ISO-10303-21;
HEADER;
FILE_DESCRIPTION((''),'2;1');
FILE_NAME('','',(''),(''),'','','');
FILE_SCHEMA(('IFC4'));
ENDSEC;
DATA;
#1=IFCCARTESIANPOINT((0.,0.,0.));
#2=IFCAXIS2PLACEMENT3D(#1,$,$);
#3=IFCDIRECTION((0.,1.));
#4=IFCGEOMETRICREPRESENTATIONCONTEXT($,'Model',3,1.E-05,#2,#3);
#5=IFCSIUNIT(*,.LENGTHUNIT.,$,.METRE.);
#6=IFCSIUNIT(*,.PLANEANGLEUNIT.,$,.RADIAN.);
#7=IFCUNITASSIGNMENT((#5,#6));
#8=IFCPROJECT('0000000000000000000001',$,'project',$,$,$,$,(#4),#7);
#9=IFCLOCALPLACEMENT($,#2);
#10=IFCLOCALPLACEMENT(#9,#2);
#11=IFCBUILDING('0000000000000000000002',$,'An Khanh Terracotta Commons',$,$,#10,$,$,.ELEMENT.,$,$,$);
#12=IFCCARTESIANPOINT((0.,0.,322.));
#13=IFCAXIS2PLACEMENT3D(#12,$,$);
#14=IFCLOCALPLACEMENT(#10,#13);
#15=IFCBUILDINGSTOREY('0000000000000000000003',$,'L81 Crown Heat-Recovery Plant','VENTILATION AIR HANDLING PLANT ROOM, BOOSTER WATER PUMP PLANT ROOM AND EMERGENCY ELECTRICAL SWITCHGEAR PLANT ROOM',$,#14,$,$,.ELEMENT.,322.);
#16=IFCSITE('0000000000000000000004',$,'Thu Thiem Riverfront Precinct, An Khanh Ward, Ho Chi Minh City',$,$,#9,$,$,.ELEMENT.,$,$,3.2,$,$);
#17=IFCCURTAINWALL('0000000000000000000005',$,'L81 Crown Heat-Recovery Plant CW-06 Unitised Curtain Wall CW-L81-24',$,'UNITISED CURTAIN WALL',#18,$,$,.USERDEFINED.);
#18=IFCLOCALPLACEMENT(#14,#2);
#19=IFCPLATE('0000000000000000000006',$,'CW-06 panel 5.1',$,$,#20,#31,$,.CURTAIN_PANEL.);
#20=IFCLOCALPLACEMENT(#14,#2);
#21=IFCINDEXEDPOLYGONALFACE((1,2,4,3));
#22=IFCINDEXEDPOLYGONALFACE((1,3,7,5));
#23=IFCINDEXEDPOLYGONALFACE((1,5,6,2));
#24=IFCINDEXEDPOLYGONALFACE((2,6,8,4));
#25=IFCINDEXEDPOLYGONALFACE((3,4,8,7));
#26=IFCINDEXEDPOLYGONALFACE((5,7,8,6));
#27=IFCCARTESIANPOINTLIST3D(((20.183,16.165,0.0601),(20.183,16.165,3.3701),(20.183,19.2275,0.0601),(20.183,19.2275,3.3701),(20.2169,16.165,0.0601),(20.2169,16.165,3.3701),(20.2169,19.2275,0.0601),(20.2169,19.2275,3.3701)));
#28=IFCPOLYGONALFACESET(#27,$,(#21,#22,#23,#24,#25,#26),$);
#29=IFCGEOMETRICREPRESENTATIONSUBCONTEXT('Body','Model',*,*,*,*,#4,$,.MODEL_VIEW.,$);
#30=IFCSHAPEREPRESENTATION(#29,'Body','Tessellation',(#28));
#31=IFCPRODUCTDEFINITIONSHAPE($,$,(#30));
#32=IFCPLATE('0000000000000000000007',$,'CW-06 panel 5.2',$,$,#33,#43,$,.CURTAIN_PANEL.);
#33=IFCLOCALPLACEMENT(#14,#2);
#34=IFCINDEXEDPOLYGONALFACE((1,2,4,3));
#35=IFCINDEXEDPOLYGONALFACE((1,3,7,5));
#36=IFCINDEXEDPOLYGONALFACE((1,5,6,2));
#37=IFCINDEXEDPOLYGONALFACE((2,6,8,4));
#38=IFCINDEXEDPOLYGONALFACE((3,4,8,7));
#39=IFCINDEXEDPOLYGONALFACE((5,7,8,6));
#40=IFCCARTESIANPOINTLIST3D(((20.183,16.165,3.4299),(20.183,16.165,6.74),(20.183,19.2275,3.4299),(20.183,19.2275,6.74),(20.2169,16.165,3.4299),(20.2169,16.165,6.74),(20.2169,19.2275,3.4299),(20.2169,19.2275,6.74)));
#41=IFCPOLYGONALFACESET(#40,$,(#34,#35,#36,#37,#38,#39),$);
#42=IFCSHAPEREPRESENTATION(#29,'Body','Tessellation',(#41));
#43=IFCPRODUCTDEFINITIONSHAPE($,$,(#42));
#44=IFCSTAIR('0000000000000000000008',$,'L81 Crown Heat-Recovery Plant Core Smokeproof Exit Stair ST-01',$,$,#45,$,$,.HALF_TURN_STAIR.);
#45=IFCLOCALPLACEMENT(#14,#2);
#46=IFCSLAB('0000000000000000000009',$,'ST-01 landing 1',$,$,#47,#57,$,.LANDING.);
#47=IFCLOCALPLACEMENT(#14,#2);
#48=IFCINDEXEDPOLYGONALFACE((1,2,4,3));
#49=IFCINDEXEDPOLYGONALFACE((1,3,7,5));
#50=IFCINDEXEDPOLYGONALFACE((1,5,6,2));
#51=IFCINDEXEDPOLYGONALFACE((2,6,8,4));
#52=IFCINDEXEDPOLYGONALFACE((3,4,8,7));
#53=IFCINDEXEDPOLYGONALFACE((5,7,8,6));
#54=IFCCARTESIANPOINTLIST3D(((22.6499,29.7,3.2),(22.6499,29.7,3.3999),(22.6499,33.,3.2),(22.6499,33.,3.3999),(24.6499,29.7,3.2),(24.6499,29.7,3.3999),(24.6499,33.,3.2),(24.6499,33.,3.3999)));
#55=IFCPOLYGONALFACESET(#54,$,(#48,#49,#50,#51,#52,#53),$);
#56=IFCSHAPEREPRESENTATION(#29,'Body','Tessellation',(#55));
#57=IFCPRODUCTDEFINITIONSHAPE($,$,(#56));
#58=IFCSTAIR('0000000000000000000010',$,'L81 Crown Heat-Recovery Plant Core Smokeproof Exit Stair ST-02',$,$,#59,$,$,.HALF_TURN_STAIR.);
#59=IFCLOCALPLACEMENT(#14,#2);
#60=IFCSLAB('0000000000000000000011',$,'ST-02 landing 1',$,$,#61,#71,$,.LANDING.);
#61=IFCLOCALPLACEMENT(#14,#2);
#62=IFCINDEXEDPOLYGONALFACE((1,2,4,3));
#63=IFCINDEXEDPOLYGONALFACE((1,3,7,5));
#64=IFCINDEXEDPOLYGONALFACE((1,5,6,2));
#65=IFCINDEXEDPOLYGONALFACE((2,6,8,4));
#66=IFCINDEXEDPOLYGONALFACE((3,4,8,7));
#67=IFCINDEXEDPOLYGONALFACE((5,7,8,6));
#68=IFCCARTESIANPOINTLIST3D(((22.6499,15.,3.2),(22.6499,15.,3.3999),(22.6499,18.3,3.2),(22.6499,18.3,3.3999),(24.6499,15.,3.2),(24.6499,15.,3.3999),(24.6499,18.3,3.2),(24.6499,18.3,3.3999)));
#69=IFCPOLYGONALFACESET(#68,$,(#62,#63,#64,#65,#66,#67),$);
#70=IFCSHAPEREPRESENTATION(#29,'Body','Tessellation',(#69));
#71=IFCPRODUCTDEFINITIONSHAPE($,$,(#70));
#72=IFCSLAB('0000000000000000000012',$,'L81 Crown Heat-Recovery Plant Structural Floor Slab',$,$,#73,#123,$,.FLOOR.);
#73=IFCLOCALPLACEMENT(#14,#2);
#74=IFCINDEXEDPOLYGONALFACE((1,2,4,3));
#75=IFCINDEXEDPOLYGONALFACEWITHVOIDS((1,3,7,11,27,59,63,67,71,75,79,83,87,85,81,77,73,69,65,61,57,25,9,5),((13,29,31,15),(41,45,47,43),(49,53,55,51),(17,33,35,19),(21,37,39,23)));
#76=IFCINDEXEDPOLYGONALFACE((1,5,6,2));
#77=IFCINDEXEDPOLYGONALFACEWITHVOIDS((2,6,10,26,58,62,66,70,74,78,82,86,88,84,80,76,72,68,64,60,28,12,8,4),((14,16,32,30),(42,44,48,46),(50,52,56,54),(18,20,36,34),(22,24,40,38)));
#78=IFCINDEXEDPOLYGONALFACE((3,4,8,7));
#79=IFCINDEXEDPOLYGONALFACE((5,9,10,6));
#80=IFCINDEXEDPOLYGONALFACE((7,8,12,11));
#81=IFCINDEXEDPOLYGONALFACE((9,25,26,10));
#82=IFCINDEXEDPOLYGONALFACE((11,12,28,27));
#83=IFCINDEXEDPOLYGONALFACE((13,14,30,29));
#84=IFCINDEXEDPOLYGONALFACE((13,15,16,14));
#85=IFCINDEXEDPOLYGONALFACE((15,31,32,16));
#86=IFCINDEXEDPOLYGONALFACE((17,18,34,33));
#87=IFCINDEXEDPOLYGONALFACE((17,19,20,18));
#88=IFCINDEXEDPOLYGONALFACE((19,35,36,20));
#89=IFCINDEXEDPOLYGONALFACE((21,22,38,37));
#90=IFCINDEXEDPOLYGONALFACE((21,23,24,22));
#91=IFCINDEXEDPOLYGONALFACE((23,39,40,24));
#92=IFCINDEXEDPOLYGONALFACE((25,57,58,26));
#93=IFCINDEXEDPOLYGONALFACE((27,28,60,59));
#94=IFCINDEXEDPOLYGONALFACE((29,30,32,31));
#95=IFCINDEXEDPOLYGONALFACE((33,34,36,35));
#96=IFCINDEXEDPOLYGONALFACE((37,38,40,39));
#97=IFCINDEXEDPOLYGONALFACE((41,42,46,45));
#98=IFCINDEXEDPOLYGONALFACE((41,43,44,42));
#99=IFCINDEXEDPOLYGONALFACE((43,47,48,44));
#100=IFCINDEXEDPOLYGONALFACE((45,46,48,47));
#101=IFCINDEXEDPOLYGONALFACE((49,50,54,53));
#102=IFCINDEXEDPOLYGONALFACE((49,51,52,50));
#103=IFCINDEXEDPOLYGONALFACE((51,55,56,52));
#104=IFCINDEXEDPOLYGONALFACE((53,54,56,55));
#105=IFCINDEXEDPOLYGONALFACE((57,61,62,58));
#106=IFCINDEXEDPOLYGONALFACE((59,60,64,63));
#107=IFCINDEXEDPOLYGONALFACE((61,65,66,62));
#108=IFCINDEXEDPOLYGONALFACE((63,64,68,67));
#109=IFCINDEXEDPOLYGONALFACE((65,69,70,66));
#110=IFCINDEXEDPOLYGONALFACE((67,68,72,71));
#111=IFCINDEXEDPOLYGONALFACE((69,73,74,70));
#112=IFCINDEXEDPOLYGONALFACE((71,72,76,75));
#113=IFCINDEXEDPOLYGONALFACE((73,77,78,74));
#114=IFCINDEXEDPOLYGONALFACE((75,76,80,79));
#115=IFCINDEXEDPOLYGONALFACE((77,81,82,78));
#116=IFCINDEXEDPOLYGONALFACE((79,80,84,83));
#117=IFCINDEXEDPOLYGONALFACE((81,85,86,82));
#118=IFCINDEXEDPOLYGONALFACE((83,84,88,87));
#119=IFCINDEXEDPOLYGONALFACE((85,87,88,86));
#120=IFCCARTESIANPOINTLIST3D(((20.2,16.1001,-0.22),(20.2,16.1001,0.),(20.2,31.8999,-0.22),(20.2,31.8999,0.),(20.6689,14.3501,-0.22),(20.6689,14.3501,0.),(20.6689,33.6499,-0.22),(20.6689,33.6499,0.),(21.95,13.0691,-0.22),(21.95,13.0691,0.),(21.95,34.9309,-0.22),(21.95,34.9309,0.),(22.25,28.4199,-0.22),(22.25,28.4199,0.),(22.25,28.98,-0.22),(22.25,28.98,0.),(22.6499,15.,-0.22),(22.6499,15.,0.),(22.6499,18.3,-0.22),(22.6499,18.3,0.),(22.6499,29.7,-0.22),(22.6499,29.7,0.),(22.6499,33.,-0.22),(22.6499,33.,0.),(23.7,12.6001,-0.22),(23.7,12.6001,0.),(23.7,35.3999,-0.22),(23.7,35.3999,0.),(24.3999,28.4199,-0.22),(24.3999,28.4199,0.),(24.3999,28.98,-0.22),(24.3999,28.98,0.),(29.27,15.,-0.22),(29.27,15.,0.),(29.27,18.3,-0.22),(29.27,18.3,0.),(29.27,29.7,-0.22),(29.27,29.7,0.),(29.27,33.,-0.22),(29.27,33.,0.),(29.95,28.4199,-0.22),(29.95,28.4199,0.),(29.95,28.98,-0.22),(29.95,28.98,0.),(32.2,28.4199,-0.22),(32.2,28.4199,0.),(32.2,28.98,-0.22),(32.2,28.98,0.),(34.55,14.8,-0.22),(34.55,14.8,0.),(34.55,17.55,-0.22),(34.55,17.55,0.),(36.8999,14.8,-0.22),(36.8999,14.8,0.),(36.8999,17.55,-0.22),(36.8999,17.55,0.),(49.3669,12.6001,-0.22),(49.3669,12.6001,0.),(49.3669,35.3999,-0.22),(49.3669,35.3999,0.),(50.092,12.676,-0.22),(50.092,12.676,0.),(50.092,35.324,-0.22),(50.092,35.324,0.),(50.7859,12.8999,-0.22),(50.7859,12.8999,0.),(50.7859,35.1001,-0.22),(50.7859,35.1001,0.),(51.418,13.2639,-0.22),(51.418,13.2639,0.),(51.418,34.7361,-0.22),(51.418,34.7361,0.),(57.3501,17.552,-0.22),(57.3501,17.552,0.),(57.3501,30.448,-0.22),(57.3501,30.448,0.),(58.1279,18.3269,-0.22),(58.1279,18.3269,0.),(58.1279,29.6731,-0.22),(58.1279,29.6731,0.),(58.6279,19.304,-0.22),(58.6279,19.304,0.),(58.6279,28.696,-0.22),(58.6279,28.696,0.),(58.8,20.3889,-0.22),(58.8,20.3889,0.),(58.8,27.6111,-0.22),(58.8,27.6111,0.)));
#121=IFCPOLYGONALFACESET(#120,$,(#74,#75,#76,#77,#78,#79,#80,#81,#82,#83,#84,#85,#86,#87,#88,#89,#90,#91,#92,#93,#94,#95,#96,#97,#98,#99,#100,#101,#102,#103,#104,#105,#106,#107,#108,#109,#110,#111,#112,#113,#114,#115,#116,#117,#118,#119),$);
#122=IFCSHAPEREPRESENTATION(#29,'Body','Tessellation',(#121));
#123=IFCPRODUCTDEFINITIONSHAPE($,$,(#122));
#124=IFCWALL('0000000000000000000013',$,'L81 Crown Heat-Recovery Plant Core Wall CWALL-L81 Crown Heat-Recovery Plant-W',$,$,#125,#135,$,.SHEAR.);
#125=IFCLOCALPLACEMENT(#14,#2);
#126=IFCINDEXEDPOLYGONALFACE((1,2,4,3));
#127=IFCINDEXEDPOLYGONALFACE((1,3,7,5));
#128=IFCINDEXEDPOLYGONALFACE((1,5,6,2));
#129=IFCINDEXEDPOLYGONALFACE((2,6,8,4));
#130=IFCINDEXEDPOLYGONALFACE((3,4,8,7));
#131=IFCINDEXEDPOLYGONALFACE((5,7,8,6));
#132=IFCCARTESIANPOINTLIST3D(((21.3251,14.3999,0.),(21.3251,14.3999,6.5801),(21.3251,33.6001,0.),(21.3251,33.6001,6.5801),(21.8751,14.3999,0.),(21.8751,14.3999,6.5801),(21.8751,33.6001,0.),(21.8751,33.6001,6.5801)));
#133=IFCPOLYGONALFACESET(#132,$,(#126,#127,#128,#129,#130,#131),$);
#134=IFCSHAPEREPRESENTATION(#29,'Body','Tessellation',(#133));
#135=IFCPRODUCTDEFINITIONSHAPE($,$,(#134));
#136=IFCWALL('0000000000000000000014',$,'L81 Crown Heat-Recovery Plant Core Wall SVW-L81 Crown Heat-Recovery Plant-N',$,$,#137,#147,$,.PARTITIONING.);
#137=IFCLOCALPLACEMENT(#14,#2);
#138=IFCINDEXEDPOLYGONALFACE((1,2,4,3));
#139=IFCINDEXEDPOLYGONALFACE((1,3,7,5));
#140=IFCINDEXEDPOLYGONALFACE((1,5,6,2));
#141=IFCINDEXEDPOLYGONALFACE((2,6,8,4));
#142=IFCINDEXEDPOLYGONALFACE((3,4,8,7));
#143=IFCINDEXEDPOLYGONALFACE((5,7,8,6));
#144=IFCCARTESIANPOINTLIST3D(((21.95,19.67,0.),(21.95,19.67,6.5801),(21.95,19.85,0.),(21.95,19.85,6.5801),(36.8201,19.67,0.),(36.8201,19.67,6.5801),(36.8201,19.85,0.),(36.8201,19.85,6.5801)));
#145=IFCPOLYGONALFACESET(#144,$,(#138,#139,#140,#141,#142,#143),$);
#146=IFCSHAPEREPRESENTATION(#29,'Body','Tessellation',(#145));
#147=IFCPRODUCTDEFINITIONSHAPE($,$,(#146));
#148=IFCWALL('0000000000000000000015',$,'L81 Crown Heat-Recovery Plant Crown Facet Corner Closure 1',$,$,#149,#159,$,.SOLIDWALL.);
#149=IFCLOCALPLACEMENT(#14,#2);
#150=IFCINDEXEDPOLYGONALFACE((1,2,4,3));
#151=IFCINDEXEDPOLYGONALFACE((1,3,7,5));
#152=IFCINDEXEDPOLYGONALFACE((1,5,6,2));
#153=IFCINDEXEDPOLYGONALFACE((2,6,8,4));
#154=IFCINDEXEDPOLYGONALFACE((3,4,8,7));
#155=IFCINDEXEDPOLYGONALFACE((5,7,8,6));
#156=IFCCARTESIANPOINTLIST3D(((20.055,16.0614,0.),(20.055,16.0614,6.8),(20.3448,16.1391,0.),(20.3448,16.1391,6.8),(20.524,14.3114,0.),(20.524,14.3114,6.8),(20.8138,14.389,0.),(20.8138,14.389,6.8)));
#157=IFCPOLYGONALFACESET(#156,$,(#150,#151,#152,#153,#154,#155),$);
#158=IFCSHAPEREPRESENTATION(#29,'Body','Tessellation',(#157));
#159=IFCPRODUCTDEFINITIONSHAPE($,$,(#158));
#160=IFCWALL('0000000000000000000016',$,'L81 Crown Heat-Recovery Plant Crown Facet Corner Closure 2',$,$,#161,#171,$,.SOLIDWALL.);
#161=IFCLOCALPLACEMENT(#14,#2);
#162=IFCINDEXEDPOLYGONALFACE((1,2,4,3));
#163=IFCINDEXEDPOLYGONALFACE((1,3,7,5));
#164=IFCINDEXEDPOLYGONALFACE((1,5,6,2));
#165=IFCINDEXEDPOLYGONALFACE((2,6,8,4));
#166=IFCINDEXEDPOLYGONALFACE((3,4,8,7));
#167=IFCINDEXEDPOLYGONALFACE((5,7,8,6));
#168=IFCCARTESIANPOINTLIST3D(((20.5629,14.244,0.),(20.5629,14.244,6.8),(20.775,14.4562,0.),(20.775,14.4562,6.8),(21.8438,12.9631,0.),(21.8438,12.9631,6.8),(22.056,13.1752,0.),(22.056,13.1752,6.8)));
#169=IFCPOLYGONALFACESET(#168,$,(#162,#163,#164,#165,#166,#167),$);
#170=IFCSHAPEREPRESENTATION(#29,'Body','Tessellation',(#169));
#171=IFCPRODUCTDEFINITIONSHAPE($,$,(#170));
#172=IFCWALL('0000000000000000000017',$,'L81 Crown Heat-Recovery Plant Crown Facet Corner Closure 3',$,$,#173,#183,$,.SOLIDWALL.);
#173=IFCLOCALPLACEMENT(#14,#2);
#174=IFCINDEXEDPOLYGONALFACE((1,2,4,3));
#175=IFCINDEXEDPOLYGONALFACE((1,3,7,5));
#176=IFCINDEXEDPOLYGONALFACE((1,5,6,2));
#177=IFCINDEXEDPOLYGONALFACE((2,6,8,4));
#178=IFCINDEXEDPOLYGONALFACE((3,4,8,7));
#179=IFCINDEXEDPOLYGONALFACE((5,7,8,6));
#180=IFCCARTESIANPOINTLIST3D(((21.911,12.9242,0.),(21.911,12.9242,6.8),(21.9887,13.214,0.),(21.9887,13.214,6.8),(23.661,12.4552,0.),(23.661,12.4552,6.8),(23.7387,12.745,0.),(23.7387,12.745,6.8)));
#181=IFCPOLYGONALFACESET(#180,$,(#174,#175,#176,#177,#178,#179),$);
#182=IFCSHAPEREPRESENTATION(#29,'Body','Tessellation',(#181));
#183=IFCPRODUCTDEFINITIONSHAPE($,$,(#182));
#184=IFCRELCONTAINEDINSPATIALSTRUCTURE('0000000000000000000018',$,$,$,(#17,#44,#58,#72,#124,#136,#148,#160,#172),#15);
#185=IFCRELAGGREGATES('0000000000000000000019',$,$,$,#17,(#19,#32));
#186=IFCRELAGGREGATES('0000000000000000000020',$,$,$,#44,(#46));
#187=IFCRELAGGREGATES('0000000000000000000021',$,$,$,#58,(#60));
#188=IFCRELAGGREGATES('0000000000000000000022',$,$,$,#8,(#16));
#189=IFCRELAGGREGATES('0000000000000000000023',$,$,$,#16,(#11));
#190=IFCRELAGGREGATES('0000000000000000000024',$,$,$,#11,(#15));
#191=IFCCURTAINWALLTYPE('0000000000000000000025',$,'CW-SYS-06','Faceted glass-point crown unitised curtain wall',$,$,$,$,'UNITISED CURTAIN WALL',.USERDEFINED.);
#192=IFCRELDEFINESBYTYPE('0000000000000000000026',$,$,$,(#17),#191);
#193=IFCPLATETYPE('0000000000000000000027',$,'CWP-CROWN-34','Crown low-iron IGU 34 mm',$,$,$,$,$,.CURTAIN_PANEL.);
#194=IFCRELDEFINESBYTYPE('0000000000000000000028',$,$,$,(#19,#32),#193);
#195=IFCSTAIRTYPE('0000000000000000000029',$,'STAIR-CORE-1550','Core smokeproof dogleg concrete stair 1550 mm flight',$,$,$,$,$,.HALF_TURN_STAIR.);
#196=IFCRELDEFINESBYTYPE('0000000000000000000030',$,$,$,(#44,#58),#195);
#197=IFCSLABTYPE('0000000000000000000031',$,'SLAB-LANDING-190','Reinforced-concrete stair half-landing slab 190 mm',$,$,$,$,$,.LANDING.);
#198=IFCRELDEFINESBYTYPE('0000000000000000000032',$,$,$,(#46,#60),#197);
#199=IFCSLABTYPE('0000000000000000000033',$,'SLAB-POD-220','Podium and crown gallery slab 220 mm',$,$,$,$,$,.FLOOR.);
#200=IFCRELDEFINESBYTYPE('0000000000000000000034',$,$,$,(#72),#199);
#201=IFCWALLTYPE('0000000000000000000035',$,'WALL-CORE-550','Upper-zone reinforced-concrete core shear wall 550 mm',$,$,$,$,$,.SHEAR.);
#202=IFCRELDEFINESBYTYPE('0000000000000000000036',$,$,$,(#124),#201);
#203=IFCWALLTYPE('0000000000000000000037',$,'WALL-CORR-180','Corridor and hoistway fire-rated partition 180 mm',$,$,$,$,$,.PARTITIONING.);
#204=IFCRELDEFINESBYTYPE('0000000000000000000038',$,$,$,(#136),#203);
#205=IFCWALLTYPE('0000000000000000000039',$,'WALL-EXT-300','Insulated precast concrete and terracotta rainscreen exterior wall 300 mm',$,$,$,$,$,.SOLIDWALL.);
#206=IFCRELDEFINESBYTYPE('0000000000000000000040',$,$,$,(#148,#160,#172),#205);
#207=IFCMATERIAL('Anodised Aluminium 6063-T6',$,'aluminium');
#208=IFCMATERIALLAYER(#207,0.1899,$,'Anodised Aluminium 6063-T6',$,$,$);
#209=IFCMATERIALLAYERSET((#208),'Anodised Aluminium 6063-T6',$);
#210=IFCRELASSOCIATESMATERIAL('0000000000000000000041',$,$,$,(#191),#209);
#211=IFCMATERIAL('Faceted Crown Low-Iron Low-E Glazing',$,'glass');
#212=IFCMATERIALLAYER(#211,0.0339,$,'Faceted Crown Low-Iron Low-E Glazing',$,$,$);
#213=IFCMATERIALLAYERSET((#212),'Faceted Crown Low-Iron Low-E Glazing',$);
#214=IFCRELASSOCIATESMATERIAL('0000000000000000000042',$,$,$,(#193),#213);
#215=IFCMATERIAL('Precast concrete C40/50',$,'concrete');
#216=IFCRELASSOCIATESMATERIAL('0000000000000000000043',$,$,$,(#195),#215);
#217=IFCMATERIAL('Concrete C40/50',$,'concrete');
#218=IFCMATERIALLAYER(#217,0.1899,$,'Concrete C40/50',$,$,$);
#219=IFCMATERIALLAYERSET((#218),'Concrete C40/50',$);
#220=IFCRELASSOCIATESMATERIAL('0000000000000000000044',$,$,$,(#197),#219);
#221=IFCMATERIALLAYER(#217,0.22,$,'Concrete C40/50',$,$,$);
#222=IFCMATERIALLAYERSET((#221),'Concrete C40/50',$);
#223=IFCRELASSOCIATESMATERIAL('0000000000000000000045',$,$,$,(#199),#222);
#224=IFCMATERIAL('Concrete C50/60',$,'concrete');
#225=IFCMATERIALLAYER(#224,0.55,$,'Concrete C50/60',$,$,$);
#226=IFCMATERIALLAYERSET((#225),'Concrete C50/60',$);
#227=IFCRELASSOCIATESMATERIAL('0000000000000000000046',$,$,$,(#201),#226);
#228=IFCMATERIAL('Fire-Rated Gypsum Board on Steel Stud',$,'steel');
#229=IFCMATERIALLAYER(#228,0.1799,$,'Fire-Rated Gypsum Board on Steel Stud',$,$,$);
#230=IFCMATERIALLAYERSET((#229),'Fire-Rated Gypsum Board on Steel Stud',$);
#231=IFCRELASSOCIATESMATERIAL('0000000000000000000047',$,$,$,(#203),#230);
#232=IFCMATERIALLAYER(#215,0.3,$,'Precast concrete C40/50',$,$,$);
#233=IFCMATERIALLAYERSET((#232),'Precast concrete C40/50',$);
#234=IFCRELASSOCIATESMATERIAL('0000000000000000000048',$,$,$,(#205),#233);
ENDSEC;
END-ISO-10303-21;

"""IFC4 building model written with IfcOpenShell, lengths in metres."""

from ifc_helpers import new_model, si_unit, direction, frame, frame_2d, origin, origin_2d, place, context, subcontext, project, spatial, polyline, rectangle, outline, extrude, material, layer, layer_set, type_object, element, aggregate, save


model = new_model("IFC4")

# Units and contexts
model_context = context("Model", 3, precision=1e-05, world=origin(), true_north=direction((0.0, 1.0)))
body_context = subcontext(model_context, "Body", "Model", "MODEL_VIEW")
ifc_project = project(units=[si_unit("LENGTHUNIT", "METRE"), si_unit("PLANEANGLEUNIT", "RADIAN")], contexts=[model_context])

# Site, building, storey
site_placement = place(None, origin())
site = spatial("IfcSite", under=ifc_project, at=site_placement, Name="Thu Thiem Riverfront Precinct, An Khanh Ward, Ho Chi Minh City", CompositionType="ELEMENT", RefElevation=3.2)
building_placement = place(site_placement, origin())
building = spatial("IfcBuilding", under=site, at=building_placement, Name="An Khanh Terracotta Commons", CompositionType="ELEMENT")
storey_placement = place(building_placement, frame((0.0, 0.0, 322.0)))
storey = spatial("IfcBuildingStorey", under=building, at=storey_placement, Name="L81 Crown Heat-Recovery Plant", Description="VENTILATION AIR HANDLING PLANT ROOM, BOOSTER WATER PUMP PLANT ROOM AND EMERGENCY ELECTRICAL SWITCHGEAR PLANT ROOM", CompositionType="ELEMENT", Elevation=322.0)

# Shared definitions
ifc_material_1 = material(Name="Concrete C50/60", Category="concrete")

# Shared definitions
ifc_material_2 = material(Name="Anodised Aluminium 6063-T6", Category="aluminium")
ifc_layer_1 = layer(ifc_material_2, 0.1899, Name="Anodised Aluminium 6063-T6")
ifc_layer_set_1 = layer_set([ifc_layer_1], Name="Anodised Aluminium 6063-T6")
curtain_wall_type = type_object("IfcCurtainWallType", Name="CW-SYS-06", Description="Faceted glass-point crown unitised curtain wall", ElementType="UNITISED CURTAIN WALL", PredefinedType="USERDEFINED", material=ifc_layer_set_1)

# Curtain wall
curtain_wall_1_placement = place(storey_placement, origin())
curtain_wall_1 = element("IfcCurtainWall", 1, at=curtain_wall_1_placement, inside=storey, type_object=curtain_wall_type, Name="L81 Crown Heat-Recovery Plant CW-06 Unitised Curtain Wall CW-L81-24", ObjectType="UNITISED CURTAIN WALL", PredefinedType="USERDEFINED")

# Plates
ifc_material_3 = material(Name="Faceted Crown Low-Iron Low-E Glazing", Category="glass")
ifc_layer_2 = layer(ifc_material_3, 0.0339, Name="Faceted Crown Low-Iron Low-E Glazing")
ifc_layer_set_2 = layer_set([ifc_layer_2], Name="Faceted Crown Low-Iron Low-E Glazing")
plate_type = type_object("IfcPlateType", Name="CWP-CROWN-34", Description="Crown low-iron IGU 34 mm", PredefinedType="CURTAIN_PANEL", material=ifc_layer_set_2)
plate_1_placement = place(storey_placement, frame((20.2, 17.6963, 0.0601), z_axis=(0.0, 0.0, 1.0), x_axis=(0.0, -1.0, 0.0)))
plate_1 = element("IfcPlate", 2, at=plate_1_placement, type_object=plate_type, Name="CW-06 panel 5.1", PredefinedType="CURTAIN_PANEL", context=body_context, shape_type="SweptSolid", body=[
    extrude(rectangle(XDim=3.0625, YDim=0.0339, at=origin_2d()), origin(), (0.0, 0.0, 1.0), 3.3101),
])
plate_2_placement = place(storey_placement, frame((20.2, 17.6963, 3.4299), z_axis=(0.0, 0.0, 1.0), x_axis=(0.0, -1.0, 0.0)))
plate_2 = element("IfcPlate", 3, at=plate_2_placement, type_object=plate_type, Name="CW-06 panel 5.2", PredefinedType="CURTAIN_PANEL", context=body_context, shape_type="SweptSolid", body=[
    extrude(rectangle(XDim=3.0625, YDim=0.0339, at=origin_2d()), origin(), (0.0, 0.0, 1.0), 3.3101),
])
aggregate(curtain_wall_1, [plate_1, plate_2])

# Stairs, slabs
ifc_material_4 = material(Name="Precast concrete C40/50", Category="concrete")
stair_type = type_object("IfcStairType", Name="STAIR-CORE-1550", Description="Core smokeproof dogleg concrete stair 1550 mm flight", PredefinedType="HALF_TURN_STAIR", material=ifc_material_4)
stair_1_placement = place(storey_placement, origin())
stair_1 = element("IfcStair", 4, at=stair_1_placement, inside=storey, type_object=stair_type, Name="L81 Crown Heat-Recovery Plant Core Smokeproof Exit Stair ST-01", PredefinedType="HALF_TURN_STAIR")
ifc_material_5 = material(Name="Concrete C40/50", Category="concrete")
ifc_layer_3 = layer(ifc_material_5, 0.1899, Name="Concrete C40/50")
ifc_layer_set_3 = layer_set([ifc_layer_3], Name="Concrete C40/50")
slab_type_1 = type_object("IfcSlabType", Name="SLAB-LANDING-190", Description="Reinforced-concrete stair half-landing slab 190 mm", PredefinedType="LANDING", material=ifc_layer_set_3)
slab_1_placement = place(storey_placement, frame((0.0, 0.0, 3.2)))
slab_1 = element("IfcSlab", 5, at=slab_1_placement, type_object=slab_type_1, Name="ST-01 landing 1", PredefinedType="LANDING", context=body_context, shape_type="SweptSolid", body=[
    extrude(outline(polyline([(24.6499, 33.0), (22.6499, 33.0), (22.6499, 29.7), (24.6499, 29.7), (24.6499, 33.0)])), origin(), (0.0, 0.0, 1.0), 0.2),
])
aggregate(stair_1, [slab_1])
stair_2_placement = place(storey_placement, origin())
stair_2 = element("IfcStair", 6, at=stair_2_placement, inside=storey, type_object=stair_type, Name="L81 Crown Heat-Recovery Plant Core Smokeproof Exit Stair ST-02", PredefinedType="HALF_TURN_STAIR")
slab_2_placement = place(storey_placement, frame((0.0, 0.0, 3.2)))
slab_2 = element("IfcSlab", 7, at=slab_2_placement, type_object=slab_type_1, Name="ST-02 landing 1", PredefinedType="LANDING", context=body_context, shape_type="SweptSolid", body=[
    extrude(outline(polyline([(24.6499, 18.3), (22.6499, 18.3), (22.6499, 15.0), (24.6499, 15.0), (24.6499, 18.3)])), origin(), (0.0, 0.0, 1.0), 0.2),
])

# Slab
ifc_layer_4 = layer(ifc_material_5, 0.22, Name="Concrete C40/50")
ifc_layer_set_4 = layer_set([ifc_layer_4], Name="Concrete C40/50")
slab_type_2 = type_object("IfcSlabType", Name="SLAB-POD-220", Description="Podium and crown gallery slab 220 mm", PredefinedType="FLOOR", material=ifc_layer_set_4)
slab_3_placement = place(storey_placement, frame((0.0, 0.0, -0.22)))
element("IfcSlab", 8, at=slab_3_placement, inside=storey, type_object=slab_type_2, Name="L81 Crown Heat-Recovery Plant Structural Floor Slab", PredefinedType="FLOOR", context=body_context, shape_type="SweptSolid", body=[
    extrude(outline(polyline([(20.2, 16.1001), (20.6689, 14.3501), (21.95, 13.0691), (23.7, 12.6001), (49.3669, 12.6001), (50.092, 12.676), (50.7859, 12.8999), (51.418, 13.2639), (57.3501, 17.552), (58.1279, 18.3269), (58.6279, 19.304), (58.8, 20.3889), (58.8, 27.6111), (58.6279, 28.696), (58.1279, 29.6731), (57.3501, 30.448), (51.418, 34.7361), (50.7859, 35.1001), (50.092, 35.324), (49.3669, 35.3999), (23.7, 35.3999), (21.95, 34.9309), (20.6689, 33.6499), (20.2, 31.8999), (20.2, 16.1001)]), holes=[polyline([(22.6499, 29.7), (29.27, 29.7), (29.27, 33.0), (22.6499, 33.0), (22.6499, 29.7)]), polyline([(22.6499, 15.0), (29.27, 15.0), (29.27, 18.3), (22.6499, 18.3), (22.6499, 15.0)]), polyline([(34.55, 14.8), (36.8999, 14.8), (36.8999, 17.55), (34.55, 17.55), (34.55, 14.8)]), polyline([(22.25, 28.4199), (24.3999, 28.4199), (24.3999, 28.98), (22.25, 28.98), (22.25, 28.4199)]), polyline([(29.95, 28.4199), (32.2, 28.4199), (32.2, 28.98), (29.95, 28.98), (29.95, 28.4199)])]), origin(), (0.0, 0.0, 1.0), 0.22),
])

# Walls
ifc_layer_5 = layer(ifc_material_1, 0.55, Name="Concrete C50/60")
ifc_layer_set_5 = layer_set([ifc_layer_5], Name="Concrete C50/60")
wall_type_1 = type_object("IfcWallType", Name="WALL-CORE-550", Description="Upper-zone reinforced-concrete core shear wall 550 mm", PredefinedType="SHEAR", material=ifc_layer_set_5)
wall_1_placement = place(storey_placement, frame((21.6001, 14.3999, 0.0), z_axis=(0.0, 0.0, 1.0), x_axis=(0.0, 1.0, 0.0)))
element("IfcWall", 9, at=wall_1_placement, inside=storey, type_object=wall_type_1, Name="L81 Crown Heat-Recovery Plant Core Wall CWALL-L81 Crown Heat-Recovery Plant-W", PredefinedType="SHEAR", context=body_context, shape_type="SweptSolid", body=[
    extrude(rectangle(XDim=19.2002, YDim=0.55, at=frame_2d((9.6001, 0.0))), origin(), (0.0, 0.0, 1.0), 6.5801),
])
ifc_material_6 = material(Name="Fire-Rated Gypsum Board on Steel Stud", Category="steel")
ifc_layer_6 = layer(ifc_material_6, 0.1799, Name="Fire-Rated Gypsum Board on Steel Stud")
ifc_layer_set_6 = layer_set([ifc_layer_6], Name="Fire-Rated Gypsum Board on Steel Stud")
wall_type_2 = type_object("IfcWallType", Name="WALL-CORR-180", Description="Corridor and hoistway fire-rated partition 180 mm", PredefinedType="PARTITIONING", material=ifc_layer_set_6)
wall_2_placement = place(storey_placement, frame((21.95, 19.76, 0.0), z_axis=(0.0, 0.0, 1.0), x_axis=(1.0, 0.0, 0.0)))
element("IfcWall", 10, at=wall_2_placement, inside=storey, type_object=wall_type_2, Name="L81 Crown Heat-Recovery Plant Core Wall SVW-L81 Crown Heat-Recovery Plant-N", PredefinedType="PARTITIONING", context=body_context, shape_type="SweptSolid", body=[
    extrude(rectangle(XDim=14.8701, YDim=0.1799, at=frame_2d((7.4351, 0.0))), origin(), (0.0, 0.0, 1.0), 6.5801),
])
ifc_layer_7 = layer(ifc_material_4, 0.3, Name="Precast concrete C40/50")
ifc_layer_set_7 = layer_set([ifc_layer_7], Name="Precast concrete C40/50")
wall_type_3 = type_object("IfcWallType", Name="WALL-EXT-300", Description="Insulated precast concrete and terracotta rainscreen exterior wall 300 mm", PredefinedType="SOLIDWALL", material=ifc_layer_set_7)
wall_3_placement = place(storey_placement, frame((20.2, 16.1001, 0.0), z_axis=(0.0, 0.0, 1.0), x_axis=(0.258862, -0.965914, 0.0)))
element("IfcWall", 11, at=wall_3_placement, inside=storey, type_object=wall_type_3, Name="L81 Crown Heat-Recovery Plant Crown Facet Corner Closure 1", PredefinedType="SOLIDWALL", context=body_context, shape_type="SweptSolid", body=[
    extrude(rectangle(XDim=1.8118, YDim=0.3, at=frame_2d((0.9058, 0.0))), origin(), (0.0, 0.0, 1.0), 6.8),
])
wall_4_placement = place(storey_placement, frame((20.6689, 14.3501, 0.0), z_axis=(0.0, 0.0, 1.0), x_axis=(0.707107, -0.707107, 0.0)))
element("IfcWall", 12, at=wall_4_placement, inside=storey, type_object=wall_type_3, Name="L81 Crown Heat-Recovery Plant Crown Facet Corner Closure 2", PredefinedType="SOLIDWALL", context=body_context, shape_type="SweptSolid", body=[
    extrude(rectangle(XDim=1.8115, YDim=0.3, at=frame_2d((0.9058, 0.0))), origin(), (0.0, 0.0, 1.0), 6.8),
])
wall_5_placement = place(storey_placement, frame((21.95, 13.0691, 0.0), z_axis=(0.0, 0.0, 1.0), x_axis=(0.965914, -0.258862, 0.0)))
element("IfcWall", 13, at=wall_5_placement, inside=storey, type_object=wall_type_3, Name="L81 Crown Heat-Recovery Plant Crown Facet Corner Closure 3", PredefinedType="SOLIDWALL", context=body_context, shape_type="SweptSolid", body=[
    extrude(rectangle(XDim=1.8118, YDim=0.3, at=frame_2d((0.9058, 0.0))), origin(), (0.0, 0.0, 1.0), 6.8),
])

aggregate(stair_2, [slab_2])

save(model, "model.ifc")
